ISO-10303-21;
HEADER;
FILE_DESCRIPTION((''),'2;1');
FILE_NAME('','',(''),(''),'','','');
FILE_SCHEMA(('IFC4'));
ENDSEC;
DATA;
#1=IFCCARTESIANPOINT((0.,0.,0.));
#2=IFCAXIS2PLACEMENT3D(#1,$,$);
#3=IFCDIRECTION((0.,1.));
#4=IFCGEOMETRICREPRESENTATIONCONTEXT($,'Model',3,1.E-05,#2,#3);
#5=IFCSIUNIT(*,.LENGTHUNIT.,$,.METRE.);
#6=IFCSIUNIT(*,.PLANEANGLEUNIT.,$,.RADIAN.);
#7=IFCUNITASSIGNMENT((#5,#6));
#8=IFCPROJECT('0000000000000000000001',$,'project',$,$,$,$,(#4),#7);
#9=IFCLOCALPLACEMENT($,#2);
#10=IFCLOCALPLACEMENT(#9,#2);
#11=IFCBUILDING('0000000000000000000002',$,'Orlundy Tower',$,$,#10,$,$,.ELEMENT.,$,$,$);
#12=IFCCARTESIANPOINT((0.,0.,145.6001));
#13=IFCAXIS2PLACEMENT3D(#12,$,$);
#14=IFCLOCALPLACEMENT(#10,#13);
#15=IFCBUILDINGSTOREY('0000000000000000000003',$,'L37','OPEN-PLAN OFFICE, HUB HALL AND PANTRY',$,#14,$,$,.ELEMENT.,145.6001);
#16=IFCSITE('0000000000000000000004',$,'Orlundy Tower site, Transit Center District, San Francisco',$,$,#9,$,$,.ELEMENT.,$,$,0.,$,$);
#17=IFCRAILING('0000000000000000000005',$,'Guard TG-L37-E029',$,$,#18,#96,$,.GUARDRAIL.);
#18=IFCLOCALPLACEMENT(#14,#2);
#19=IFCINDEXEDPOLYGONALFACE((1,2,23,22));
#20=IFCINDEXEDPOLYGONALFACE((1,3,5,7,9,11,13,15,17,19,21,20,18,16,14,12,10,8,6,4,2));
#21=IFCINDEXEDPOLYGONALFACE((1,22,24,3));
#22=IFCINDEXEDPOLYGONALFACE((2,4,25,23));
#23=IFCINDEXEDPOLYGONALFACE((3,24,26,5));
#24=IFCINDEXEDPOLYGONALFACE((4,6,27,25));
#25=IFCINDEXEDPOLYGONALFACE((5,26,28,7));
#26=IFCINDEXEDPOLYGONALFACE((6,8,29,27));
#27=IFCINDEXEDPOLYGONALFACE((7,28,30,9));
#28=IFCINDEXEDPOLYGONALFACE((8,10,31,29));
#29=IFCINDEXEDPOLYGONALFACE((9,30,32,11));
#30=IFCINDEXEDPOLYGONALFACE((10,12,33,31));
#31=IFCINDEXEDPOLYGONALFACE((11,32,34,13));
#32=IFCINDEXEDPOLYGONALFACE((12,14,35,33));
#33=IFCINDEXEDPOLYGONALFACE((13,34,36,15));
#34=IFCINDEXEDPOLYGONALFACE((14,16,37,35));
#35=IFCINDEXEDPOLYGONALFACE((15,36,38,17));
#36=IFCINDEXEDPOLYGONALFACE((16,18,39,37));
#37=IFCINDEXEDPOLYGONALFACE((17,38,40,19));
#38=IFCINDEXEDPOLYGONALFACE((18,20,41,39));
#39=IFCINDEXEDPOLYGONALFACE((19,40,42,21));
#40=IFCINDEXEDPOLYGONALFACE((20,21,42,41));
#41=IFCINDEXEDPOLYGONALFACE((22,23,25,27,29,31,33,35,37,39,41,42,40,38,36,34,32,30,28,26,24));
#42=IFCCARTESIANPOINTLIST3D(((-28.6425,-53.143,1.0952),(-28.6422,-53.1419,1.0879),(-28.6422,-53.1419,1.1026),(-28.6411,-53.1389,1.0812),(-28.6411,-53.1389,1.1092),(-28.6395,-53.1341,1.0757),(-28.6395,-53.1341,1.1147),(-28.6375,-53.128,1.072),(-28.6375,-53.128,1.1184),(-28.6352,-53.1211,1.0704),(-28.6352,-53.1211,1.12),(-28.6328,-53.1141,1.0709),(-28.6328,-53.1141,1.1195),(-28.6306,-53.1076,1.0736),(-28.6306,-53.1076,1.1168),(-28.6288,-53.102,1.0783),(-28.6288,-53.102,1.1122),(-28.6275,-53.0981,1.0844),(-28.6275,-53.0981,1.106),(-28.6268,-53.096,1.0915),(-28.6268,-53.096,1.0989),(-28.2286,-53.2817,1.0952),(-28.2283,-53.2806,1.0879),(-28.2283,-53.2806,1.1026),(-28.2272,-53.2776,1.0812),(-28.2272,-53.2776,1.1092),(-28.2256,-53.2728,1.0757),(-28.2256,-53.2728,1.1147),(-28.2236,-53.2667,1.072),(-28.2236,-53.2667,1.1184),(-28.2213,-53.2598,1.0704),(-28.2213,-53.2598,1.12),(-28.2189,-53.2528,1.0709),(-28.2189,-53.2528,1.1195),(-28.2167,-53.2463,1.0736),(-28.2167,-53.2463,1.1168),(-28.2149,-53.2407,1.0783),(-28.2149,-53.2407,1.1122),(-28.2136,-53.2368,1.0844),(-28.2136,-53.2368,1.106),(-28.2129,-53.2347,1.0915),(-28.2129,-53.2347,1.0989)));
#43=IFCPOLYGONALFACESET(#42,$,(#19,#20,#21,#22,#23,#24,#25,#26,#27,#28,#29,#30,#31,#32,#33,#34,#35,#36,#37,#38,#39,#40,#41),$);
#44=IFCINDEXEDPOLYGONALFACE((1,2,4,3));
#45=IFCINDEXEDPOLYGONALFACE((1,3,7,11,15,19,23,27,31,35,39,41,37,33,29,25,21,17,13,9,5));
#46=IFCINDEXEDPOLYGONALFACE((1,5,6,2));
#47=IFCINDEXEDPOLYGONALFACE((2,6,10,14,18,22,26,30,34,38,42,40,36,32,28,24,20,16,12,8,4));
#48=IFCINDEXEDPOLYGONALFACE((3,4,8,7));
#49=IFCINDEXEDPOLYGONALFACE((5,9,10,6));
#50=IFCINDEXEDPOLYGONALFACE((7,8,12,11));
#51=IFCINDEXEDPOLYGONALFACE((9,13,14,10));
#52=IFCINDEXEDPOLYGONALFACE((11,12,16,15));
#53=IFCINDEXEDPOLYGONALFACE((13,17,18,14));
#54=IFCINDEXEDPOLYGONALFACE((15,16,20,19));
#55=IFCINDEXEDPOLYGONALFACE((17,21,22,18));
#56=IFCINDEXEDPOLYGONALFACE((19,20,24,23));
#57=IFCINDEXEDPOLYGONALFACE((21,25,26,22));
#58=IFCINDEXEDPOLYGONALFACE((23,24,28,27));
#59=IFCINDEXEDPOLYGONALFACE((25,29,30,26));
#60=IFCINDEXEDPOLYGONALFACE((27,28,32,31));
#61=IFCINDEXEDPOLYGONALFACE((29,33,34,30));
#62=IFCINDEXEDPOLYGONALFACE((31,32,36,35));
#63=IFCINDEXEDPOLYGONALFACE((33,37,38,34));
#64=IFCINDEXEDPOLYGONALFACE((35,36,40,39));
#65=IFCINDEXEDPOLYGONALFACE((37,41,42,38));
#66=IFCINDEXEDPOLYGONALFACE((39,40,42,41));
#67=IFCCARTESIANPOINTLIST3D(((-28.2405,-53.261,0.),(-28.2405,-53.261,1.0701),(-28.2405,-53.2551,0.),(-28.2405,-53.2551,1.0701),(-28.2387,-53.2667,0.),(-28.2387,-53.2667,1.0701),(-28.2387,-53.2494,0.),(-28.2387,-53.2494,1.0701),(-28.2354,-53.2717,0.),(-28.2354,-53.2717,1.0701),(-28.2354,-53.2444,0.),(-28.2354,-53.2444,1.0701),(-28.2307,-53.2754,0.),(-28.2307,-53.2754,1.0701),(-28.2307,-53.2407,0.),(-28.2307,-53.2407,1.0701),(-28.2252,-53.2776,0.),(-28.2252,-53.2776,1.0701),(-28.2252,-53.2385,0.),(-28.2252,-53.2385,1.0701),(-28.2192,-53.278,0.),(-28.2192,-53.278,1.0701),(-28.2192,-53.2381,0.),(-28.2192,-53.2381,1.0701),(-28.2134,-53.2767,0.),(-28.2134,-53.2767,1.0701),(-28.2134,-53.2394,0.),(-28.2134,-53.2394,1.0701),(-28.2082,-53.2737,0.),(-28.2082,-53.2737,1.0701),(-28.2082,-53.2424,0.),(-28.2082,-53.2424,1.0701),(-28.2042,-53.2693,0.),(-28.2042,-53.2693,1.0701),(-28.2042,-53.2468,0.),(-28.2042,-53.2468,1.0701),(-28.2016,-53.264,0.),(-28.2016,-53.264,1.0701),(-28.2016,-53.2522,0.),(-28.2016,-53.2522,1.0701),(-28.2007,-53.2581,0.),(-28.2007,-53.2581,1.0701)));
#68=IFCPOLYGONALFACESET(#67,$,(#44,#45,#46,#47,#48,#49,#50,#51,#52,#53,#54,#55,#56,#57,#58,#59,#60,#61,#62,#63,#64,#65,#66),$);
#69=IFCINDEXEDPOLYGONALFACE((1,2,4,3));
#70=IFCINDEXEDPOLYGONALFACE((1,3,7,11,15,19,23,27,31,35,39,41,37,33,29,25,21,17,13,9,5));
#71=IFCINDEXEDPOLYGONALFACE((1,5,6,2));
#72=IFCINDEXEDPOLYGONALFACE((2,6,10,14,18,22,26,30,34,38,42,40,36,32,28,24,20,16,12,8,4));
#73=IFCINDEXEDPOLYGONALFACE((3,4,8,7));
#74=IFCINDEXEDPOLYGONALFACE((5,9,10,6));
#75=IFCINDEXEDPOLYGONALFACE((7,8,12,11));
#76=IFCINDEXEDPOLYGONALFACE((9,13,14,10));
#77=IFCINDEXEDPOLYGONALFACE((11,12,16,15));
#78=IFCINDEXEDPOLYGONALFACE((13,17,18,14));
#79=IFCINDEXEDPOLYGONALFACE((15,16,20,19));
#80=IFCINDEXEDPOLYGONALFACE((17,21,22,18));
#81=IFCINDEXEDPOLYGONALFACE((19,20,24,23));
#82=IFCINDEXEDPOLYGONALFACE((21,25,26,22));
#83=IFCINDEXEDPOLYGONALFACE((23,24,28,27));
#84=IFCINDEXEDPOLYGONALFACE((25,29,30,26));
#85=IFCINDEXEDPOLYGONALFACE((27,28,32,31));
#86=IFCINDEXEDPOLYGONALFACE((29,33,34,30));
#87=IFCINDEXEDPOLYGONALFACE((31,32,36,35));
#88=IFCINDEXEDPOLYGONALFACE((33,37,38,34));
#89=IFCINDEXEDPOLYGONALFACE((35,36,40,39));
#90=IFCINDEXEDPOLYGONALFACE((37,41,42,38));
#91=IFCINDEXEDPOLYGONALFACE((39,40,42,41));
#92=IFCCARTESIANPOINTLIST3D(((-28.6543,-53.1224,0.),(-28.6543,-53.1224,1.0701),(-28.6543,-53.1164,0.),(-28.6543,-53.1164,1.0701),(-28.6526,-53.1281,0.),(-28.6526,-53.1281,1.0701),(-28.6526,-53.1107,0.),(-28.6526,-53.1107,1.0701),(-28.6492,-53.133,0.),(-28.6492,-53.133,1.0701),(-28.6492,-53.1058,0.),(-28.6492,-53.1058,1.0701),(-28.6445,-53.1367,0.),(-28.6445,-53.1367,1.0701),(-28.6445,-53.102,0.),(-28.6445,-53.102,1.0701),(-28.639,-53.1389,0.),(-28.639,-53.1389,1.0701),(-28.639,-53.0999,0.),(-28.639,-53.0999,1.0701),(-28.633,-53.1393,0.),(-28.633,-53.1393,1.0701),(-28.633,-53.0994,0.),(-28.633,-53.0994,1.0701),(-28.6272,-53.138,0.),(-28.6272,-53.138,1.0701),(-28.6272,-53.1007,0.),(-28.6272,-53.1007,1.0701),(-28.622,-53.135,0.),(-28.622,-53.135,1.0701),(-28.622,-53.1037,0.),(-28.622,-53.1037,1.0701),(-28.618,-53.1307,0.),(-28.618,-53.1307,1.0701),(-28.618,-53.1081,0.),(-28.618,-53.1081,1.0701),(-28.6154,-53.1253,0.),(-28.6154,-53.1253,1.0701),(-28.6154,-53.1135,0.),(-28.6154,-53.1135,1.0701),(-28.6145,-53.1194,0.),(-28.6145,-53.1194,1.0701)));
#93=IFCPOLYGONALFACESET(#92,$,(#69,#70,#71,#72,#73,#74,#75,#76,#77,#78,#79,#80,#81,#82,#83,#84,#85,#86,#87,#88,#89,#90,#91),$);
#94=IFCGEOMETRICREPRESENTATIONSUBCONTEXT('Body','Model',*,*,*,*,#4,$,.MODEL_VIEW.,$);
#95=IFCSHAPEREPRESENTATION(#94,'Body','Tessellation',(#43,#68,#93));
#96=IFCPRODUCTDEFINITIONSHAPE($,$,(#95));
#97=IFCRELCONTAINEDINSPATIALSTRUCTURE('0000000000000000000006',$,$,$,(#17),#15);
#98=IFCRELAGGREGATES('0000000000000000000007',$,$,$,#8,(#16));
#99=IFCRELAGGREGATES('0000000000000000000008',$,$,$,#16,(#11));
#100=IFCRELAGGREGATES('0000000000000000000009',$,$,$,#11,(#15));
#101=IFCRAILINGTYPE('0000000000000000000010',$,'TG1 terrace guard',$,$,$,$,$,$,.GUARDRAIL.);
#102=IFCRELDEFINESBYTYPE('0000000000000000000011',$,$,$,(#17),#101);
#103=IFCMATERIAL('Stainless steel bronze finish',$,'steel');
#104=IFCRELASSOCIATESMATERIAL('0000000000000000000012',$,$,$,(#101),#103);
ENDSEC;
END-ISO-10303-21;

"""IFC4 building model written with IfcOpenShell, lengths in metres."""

from ifc_helpers import new_model, si_unit, direction, frame, origin, origin_2d, place, context, subcontext, project, spatial, circle, extrude, material, type_object, element, save


model = new_model("IFC4")

# Units and contexts
model_context = context("Model", 3, precision=1e-05, world=origin(), true_north=direction((0.0, 1.0)))
body_context = subcontext(model_context, "Body", "Model", "MODEL_VIEW")
ifc_project = project(units=[si_unit("LENGTHUNIT", "METRE"), si_unit("PLANEANGLEUNIT", "RADIAN")], contexts=[model_context])

# Site, building, storey
site_placement = place(None, origin())
site = spatial("IfcSite", under=ifc_project, at=site_placement, Name="Orlundy Tower site, Transit Center District, San Francisco", CompositionType="ELEMENT", RefElevation=0.0)
building_placement = place(site_placement, origin())
building = spatial("IfcBuilding", under=site, at=building_placement, Name="Orlundy Tower", CompositionType="ELEMENT")
storey_placement = place(building_placement, frame((0.0, 0.0, 145.6001)))
storey = spatial("IfcBuildingStorey", under=building, at=storey_placement, Name="L37", Description="OPEN-PLAN OFFICE, HUB HALL AND PANTRY", CompositionType="ELEMENT", Elevation=145.6001)

# Railing
ifc_material_1 = material(Name="Stainless steel bronze finish", Category="steel")
railing_type = type_object("IfcRailingType", Name="TG1 terrace guard", PredefinedType="GUARDRAIL", material=ifc_material_1)
railing_1_placement = place(storey_placement, frame((-28.2207, -53.2581, 0.0)))
element("IfcRailing", 1, at=railing_1_placement, inside=storey, type_object=railing_type, Name="Guard TG-L37-E029", PredefinedType="GUARDRAIL", context=body_context, shape_type="SweptSolid", body=[
    extrude(circle(Radius=0.0249, at=origin_2d()), frame((0.0, 0.0, 1.0952), z_axis=(-0.948179, 0.317738, 0.0), x_axis=(-0.317738, -0.948179, 0.0)), (0.0, 0.0, 1.0), 0.4365),
    extrude(circle(Radius=0.02, at=origin_2d()), origin(), (0.0, 0.0, 1.0), 1.0701),
    extrude(circle(Radius=0.02, at=origin_2d()), frame((-0.4138, 0.1387, 0.0)), (0.0, 0.0, 1.0), 1.0701),
])

save(model, "model.ifc")
